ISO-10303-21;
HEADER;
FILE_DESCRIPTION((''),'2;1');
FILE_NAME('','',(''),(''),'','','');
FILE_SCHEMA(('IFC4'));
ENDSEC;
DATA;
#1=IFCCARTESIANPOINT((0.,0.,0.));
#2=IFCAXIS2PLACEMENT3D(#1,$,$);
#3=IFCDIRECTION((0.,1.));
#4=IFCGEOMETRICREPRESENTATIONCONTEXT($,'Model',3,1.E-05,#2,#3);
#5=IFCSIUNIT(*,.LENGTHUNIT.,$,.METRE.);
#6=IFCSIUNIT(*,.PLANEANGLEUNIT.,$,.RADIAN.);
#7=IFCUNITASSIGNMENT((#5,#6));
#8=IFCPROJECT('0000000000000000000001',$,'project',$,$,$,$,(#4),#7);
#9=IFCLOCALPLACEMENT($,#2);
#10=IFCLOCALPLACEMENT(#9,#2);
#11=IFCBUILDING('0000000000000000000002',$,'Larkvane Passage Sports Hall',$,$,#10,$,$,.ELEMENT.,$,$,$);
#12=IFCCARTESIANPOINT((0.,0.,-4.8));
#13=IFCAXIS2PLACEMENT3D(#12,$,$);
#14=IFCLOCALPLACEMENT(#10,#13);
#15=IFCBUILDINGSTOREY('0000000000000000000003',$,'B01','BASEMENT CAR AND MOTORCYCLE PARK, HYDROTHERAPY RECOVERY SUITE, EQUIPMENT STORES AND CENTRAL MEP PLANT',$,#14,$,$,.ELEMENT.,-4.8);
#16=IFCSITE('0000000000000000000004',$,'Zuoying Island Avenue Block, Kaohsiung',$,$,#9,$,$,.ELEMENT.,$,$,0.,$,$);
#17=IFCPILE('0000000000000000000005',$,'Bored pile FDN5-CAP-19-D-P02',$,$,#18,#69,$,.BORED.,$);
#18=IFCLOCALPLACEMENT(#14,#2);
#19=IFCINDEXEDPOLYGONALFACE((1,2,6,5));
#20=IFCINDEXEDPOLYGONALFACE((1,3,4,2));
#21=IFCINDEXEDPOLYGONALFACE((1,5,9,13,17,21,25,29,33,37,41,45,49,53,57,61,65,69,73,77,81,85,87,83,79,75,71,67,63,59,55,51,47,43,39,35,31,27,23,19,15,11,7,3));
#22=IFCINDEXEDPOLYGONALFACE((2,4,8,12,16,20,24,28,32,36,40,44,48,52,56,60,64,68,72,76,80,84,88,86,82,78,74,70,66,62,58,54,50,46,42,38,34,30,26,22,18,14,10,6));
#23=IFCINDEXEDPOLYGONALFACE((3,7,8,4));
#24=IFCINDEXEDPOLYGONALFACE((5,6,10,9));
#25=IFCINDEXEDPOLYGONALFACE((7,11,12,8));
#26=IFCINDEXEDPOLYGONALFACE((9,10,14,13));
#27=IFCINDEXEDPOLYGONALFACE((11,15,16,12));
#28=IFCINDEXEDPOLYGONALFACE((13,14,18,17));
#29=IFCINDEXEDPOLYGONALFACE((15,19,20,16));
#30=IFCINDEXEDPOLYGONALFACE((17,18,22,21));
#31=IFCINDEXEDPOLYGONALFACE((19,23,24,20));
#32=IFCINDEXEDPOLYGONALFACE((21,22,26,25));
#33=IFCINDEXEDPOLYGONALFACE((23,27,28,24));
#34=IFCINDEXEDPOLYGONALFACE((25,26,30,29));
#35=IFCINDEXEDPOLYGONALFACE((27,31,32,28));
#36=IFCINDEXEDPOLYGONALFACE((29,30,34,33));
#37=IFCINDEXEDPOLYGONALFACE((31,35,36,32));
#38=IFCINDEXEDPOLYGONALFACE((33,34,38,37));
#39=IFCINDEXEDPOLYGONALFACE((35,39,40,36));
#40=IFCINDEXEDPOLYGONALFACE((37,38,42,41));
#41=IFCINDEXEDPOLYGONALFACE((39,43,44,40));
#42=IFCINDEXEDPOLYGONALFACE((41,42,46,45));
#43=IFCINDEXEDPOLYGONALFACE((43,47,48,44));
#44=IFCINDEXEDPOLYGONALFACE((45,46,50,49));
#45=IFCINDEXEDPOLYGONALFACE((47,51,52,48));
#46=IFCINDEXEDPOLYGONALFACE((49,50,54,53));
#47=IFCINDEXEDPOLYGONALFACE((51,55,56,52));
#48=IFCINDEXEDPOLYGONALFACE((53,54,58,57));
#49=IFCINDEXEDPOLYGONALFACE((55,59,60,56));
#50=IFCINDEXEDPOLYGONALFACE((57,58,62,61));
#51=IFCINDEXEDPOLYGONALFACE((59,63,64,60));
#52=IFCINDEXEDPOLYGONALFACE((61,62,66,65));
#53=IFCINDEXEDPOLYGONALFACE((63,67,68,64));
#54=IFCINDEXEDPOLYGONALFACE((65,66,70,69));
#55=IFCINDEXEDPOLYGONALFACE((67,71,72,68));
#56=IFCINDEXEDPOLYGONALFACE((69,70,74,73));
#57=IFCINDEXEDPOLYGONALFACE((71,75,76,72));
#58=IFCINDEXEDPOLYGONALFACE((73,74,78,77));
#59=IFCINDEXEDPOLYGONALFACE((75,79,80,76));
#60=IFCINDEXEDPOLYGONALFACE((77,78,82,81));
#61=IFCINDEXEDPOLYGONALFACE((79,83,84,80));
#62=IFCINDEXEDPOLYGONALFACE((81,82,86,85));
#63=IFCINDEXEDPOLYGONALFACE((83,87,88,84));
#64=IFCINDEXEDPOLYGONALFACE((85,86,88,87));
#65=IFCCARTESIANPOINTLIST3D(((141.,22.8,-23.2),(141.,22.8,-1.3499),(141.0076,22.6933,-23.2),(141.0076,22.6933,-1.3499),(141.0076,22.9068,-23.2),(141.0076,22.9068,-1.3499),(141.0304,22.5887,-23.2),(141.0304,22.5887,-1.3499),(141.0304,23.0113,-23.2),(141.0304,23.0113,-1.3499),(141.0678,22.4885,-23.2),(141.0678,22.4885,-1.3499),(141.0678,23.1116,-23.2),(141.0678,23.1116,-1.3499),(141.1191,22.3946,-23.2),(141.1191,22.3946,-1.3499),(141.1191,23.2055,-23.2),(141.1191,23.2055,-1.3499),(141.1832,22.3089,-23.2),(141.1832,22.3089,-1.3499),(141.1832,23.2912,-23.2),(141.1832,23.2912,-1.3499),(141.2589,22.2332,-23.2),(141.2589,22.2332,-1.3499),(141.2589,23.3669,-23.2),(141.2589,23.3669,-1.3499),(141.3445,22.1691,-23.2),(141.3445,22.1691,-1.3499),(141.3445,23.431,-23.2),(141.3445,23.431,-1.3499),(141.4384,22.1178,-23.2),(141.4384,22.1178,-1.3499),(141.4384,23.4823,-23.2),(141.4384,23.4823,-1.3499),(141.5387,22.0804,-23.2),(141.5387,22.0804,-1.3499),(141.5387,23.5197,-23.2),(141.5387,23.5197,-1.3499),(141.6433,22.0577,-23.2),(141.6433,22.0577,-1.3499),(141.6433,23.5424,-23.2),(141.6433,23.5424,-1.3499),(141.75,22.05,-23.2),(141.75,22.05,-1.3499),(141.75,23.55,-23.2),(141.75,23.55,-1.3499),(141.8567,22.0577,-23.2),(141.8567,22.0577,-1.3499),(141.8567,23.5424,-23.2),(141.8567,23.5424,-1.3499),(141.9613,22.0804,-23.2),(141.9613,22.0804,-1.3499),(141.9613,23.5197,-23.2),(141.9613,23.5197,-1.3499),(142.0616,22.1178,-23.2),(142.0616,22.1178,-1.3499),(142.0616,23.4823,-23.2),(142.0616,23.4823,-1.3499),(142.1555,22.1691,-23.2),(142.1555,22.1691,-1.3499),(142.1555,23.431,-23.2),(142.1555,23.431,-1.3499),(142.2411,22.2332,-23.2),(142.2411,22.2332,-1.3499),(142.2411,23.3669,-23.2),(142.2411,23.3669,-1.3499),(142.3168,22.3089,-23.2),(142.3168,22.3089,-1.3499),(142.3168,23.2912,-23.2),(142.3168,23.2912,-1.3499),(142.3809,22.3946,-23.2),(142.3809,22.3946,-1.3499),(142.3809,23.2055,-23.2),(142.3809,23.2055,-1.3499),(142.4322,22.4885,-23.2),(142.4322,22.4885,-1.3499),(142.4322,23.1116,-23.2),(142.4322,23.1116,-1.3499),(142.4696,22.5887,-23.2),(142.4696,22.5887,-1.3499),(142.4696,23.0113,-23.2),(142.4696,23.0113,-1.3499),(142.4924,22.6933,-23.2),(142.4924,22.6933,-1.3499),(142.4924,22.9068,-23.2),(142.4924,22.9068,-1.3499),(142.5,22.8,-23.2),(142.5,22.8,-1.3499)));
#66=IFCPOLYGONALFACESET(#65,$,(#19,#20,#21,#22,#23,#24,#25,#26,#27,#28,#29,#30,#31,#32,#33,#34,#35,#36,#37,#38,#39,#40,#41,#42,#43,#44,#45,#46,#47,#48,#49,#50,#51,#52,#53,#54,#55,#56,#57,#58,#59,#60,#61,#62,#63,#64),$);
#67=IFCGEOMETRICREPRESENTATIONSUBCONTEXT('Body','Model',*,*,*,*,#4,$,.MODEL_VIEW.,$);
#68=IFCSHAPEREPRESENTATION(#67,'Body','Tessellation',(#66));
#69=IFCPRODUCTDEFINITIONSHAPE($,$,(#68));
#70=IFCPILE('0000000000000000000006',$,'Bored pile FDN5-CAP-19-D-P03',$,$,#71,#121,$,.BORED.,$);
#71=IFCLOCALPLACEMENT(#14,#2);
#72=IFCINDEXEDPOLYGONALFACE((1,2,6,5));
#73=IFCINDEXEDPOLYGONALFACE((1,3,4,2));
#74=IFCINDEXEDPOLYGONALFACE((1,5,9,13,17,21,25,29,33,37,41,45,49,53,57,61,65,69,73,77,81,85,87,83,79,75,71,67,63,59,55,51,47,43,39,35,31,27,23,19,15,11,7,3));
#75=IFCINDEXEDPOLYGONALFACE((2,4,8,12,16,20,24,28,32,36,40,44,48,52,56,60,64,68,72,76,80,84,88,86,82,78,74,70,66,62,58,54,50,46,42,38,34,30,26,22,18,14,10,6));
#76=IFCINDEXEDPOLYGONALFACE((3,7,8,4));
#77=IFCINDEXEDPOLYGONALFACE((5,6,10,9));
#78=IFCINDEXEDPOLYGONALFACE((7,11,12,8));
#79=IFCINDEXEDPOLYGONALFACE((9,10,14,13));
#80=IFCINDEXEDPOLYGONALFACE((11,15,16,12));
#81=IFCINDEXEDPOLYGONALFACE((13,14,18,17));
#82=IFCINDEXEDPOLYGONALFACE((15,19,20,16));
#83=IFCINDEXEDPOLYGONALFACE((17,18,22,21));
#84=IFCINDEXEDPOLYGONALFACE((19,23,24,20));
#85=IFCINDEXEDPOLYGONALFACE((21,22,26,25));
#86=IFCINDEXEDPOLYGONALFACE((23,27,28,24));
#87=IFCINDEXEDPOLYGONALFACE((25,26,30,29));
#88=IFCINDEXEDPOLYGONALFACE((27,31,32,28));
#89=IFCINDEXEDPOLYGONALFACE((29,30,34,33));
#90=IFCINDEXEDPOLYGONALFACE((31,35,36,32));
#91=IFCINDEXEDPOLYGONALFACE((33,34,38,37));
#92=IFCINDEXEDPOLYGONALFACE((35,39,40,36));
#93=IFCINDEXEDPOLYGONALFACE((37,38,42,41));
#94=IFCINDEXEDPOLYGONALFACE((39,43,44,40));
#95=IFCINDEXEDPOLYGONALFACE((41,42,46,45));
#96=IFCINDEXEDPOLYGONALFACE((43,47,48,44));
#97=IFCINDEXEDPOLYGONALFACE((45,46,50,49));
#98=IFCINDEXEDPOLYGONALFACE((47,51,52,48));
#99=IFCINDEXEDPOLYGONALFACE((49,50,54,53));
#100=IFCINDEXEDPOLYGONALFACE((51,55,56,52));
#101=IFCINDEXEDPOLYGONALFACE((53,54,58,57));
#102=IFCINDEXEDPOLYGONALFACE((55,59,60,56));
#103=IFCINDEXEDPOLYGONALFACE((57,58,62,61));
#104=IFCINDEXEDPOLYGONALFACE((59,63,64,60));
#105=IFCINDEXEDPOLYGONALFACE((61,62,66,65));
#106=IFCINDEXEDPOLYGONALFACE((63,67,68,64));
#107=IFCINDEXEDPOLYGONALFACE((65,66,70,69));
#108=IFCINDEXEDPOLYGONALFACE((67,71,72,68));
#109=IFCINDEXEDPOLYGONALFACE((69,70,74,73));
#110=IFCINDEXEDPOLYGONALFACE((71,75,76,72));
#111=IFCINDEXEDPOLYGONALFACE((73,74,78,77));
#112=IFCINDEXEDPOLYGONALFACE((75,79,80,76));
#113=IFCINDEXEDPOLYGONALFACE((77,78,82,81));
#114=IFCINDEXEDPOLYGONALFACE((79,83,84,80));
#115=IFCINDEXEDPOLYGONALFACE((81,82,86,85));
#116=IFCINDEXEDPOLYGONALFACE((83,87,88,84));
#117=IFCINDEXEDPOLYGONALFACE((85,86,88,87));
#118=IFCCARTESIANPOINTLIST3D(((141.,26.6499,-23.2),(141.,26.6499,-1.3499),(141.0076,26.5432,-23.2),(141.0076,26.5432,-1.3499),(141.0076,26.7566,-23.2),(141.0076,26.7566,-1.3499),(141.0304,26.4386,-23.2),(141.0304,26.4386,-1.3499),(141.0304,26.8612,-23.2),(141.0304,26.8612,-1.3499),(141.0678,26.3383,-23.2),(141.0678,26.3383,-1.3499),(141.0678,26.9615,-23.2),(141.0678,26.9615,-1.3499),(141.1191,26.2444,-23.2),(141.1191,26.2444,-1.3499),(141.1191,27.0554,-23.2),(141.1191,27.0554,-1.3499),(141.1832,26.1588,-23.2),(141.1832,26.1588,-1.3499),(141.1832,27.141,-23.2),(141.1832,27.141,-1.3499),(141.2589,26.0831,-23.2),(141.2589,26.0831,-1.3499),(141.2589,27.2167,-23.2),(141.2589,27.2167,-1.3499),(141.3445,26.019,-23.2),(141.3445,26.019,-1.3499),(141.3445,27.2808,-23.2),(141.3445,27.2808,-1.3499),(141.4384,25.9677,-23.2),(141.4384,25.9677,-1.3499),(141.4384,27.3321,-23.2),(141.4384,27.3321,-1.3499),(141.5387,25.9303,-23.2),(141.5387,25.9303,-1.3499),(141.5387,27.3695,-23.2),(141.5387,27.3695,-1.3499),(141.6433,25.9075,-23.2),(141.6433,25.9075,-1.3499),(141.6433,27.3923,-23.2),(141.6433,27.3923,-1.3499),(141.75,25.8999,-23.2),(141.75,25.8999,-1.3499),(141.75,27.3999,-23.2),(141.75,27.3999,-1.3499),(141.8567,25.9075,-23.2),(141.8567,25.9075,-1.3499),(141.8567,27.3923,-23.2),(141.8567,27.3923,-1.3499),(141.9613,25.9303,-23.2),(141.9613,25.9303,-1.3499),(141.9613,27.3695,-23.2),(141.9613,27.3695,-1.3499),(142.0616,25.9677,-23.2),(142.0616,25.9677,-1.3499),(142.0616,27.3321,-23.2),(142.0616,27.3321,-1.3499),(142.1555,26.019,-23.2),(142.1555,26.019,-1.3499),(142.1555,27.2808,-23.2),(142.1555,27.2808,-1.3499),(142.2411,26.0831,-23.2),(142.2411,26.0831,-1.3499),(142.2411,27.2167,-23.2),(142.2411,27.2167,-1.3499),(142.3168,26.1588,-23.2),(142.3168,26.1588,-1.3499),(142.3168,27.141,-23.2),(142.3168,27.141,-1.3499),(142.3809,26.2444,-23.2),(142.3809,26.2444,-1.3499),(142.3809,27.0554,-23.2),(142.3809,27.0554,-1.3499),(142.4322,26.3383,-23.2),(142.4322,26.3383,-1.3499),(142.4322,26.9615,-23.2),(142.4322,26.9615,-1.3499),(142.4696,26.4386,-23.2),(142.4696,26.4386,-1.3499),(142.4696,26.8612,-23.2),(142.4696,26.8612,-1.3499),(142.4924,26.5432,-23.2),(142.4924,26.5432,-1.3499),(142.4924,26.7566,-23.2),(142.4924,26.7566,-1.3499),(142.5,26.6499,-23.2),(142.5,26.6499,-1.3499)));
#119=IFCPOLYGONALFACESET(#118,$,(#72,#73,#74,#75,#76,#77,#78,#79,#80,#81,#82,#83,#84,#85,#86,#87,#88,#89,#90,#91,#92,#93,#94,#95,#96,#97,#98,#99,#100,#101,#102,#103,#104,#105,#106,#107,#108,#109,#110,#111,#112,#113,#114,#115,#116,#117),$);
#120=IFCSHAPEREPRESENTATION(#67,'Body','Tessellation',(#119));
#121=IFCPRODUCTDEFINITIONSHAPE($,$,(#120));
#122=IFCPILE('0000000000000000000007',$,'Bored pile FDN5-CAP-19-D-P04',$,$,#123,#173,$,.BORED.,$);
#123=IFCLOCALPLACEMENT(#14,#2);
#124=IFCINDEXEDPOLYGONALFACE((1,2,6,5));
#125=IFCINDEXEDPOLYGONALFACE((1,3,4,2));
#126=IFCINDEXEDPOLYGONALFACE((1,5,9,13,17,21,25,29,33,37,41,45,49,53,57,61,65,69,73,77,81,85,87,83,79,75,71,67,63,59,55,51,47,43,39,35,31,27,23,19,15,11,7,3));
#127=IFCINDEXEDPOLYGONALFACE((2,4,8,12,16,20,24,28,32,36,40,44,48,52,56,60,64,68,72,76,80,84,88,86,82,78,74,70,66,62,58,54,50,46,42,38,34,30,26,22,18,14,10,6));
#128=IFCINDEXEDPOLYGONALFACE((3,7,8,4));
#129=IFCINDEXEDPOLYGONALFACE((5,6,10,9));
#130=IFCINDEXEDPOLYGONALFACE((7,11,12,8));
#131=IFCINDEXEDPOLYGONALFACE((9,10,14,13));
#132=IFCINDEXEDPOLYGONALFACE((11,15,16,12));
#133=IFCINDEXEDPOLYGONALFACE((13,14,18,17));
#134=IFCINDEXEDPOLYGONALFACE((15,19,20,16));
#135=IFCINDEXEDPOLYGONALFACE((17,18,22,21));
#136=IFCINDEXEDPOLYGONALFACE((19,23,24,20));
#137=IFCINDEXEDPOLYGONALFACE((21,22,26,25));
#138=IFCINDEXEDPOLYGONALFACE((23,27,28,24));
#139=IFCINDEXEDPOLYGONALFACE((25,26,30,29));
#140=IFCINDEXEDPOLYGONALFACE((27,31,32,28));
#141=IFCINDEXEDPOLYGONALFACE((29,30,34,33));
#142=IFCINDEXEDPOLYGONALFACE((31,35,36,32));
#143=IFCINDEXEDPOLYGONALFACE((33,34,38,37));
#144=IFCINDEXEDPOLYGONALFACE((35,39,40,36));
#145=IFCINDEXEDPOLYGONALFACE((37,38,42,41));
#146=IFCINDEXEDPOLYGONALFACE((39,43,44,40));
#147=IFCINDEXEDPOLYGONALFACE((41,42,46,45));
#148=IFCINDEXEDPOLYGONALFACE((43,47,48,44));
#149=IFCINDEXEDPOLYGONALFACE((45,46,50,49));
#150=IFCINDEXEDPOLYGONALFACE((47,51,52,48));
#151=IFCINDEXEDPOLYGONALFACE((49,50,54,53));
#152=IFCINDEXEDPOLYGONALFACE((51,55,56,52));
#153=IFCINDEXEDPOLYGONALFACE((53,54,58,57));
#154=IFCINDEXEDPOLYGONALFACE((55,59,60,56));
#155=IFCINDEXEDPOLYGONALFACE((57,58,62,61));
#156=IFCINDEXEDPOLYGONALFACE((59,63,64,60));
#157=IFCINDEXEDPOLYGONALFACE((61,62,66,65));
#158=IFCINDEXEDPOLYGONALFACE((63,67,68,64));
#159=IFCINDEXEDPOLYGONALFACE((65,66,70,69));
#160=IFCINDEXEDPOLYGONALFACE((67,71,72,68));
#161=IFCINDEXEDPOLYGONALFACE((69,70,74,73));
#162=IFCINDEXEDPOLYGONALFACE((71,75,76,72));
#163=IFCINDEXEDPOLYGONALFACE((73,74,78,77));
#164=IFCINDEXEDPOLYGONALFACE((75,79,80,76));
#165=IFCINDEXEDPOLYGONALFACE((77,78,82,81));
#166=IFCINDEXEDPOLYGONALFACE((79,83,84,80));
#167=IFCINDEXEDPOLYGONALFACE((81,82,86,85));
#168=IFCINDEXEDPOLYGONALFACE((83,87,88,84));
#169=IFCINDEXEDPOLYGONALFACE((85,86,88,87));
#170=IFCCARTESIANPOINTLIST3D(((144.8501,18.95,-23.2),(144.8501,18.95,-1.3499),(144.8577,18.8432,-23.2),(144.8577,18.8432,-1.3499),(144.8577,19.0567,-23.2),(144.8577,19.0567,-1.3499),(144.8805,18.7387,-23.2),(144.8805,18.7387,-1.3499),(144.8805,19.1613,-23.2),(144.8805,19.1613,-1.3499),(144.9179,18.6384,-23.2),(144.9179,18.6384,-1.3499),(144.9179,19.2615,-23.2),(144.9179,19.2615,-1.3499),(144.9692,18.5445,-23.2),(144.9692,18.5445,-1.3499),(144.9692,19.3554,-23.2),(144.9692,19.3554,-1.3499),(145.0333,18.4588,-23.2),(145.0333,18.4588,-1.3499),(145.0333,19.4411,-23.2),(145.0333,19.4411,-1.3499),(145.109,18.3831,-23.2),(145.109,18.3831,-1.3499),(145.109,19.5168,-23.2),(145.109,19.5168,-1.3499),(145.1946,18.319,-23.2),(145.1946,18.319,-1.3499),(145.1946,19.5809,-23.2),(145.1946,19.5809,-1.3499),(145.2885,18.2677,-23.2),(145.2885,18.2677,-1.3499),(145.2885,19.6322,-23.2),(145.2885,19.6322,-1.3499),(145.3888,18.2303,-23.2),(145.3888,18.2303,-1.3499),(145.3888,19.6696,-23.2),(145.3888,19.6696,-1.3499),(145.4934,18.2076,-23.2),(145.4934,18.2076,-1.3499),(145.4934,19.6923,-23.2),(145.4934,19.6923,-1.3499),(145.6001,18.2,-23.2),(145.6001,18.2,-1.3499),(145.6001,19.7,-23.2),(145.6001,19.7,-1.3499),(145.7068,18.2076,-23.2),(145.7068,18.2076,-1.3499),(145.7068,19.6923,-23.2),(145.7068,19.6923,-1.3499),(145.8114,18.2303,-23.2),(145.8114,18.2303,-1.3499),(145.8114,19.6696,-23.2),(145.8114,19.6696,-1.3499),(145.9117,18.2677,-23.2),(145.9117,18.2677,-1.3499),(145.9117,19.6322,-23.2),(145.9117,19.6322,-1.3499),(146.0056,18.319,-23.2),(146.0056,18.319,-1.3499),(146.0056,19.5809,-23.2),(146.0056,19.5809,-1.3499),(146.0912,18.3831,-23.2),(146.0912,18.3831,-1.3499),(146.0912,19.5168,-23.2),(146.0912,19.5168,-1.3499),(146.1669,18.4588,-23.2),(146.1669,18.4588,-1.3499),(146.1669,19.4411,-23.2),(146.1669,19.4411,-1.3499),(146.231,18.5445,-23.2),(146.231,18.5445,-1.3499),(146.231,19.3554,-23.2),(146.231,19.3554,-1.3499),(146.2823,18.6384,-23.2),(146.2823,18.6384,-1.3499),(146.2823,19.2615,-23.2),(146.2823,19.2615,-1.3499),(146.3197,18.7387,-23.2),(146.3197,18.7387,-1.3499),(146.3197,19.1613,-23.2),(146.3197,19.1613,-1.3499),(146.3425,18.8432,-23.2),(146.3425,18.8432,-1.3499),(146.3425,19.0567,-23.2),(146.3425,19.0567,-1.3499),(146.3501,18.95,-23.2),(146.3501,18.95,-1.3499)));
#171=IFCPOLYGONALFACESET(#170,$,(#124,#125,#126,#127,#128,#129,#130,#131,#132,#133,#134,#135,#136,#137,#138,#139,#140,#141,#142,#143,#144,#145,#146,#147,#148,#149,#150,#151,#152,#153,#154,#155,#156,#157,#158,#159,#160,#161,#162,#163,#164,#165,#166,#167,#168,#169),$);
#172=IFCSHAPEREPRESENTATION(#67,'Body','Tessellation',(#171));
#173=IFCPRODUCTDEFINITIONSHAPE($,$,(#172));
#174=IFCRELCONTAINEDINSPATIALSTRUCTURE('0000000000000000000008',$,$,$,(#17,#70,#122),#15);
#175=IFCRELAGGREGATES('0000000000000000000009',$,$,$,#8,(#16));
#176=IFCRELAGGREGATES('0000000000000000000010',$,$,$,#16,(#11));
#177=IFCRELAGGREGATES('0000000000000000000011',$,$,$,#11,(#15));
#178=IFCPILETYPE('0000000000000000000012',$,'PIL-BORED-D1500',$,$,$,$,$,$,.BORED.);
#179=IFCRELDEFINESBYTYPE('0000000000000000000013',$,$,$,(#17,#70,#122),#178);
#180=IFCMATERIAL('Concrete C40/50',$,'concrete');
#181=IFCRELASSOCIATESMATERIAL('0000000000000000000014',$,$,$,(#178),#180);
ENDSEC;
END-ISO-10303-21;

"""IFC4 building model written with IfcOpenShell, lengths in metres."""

from ifc_helpers import new_model, si_unit, direction, frame, origin, origin_2d, place, context, subcontext, project, spatial, circle, extrude, material, material_profile, profile_set, type_object, element, save


model = new_model("IFC4")

# Units and contexts
model_context = context("Model", 3, precision=1e-05, world=origin(), true_north=direction((0.0, 1.0)))
body_context = subcontext(model_context, "Body", "Model", "MODEL_VIEW")
ifc_project = project(units=[si_unit("LENGTHUNIT", "METRE"), si_unit("PLANEANGLEUNIT", "RADIAN")], contexts=[model_context])

# Site, building, storey
site_placement = place(None, origin())
site = spatial("IfcSite", under=ifc_project, at=site_placement, Name="Zuoying Island Avenue Block, Kaohsiung", CompositionType="ELEMENT", RefElevation=0.0)
building_placement = place(site_placement, origin())
building = spatial("IfcBuilding", under=site, at=building_placement, Name="Larkvane Passage Sports Hall", CompositionType="ELEMENT")
storey_placement = place(building_placement, frame((0.0, 0.0, -4.8)))
storey = spatial("IfcBuildingStorey", under=building, at=storey_placement, Name="B01", Description="BASEMENT CAR AND MOTORCYCLE PARK, HYDROTHERAPY RECOVERY SUITE, EQUIPMENT STORES AND CENTRAL MEP PLANT", CompositionType="ELEMENT", Elevation=-4.8)

# Shared definitions
ifc_material_1 = material(Name="Concrete C40/50", Category="concrete")

# Piles
ifc_material_profile_1 = material_profile(ifc_material_1, circle(Radius=0.75, at=origin_2d()), Name="PILE-D1500")
ifc_profile_set_1 = profile_set([ifc_material_profile_1], Name="Concrete C40/50")
pile_type_1 = type_object("IfcPileType", Name="PIL-BORED-D1500", PredefinedType="BORED", material=ifc_profile_set_1)
for number, where, z_axis, x_axis, name in (
    (1, (141.75, 22.8, -1.3499), (0.0, 0.0, -1.0), (1.0, 0.0, 0.0), "Bored pile FDN5-CAP-19-D-P02"),
    (2, (141.75, 26.6499, -1.3499), (0.0, 0.0, -1.0), (1.0, 0.0, 0.0), "Bored pile FDN5-CAP-19-D-P03"),
    (3, (145.6001, 18.95, -1.3499), (0.0, 0.0, -1.0), (1.0, 0.0, 0.0), "Bored pile FDN5-CAP-19-D-P04"),
):
    element("IfcPile", number, at=place(storey_placement, frame(where, z_axis=z_axis, x_axis=x_axis)), inside=storey, type_object=pile_type_1, Name=name, PredefinedType="BORED", context=body_context, shape_type="SweptSolid", body=[
        extrude(circle(Radius=0.75, at=origin_2d()), origin(), (0.0, 0.0, 1.0), 21.8501),
    ])

save(model, "model.ifc")
